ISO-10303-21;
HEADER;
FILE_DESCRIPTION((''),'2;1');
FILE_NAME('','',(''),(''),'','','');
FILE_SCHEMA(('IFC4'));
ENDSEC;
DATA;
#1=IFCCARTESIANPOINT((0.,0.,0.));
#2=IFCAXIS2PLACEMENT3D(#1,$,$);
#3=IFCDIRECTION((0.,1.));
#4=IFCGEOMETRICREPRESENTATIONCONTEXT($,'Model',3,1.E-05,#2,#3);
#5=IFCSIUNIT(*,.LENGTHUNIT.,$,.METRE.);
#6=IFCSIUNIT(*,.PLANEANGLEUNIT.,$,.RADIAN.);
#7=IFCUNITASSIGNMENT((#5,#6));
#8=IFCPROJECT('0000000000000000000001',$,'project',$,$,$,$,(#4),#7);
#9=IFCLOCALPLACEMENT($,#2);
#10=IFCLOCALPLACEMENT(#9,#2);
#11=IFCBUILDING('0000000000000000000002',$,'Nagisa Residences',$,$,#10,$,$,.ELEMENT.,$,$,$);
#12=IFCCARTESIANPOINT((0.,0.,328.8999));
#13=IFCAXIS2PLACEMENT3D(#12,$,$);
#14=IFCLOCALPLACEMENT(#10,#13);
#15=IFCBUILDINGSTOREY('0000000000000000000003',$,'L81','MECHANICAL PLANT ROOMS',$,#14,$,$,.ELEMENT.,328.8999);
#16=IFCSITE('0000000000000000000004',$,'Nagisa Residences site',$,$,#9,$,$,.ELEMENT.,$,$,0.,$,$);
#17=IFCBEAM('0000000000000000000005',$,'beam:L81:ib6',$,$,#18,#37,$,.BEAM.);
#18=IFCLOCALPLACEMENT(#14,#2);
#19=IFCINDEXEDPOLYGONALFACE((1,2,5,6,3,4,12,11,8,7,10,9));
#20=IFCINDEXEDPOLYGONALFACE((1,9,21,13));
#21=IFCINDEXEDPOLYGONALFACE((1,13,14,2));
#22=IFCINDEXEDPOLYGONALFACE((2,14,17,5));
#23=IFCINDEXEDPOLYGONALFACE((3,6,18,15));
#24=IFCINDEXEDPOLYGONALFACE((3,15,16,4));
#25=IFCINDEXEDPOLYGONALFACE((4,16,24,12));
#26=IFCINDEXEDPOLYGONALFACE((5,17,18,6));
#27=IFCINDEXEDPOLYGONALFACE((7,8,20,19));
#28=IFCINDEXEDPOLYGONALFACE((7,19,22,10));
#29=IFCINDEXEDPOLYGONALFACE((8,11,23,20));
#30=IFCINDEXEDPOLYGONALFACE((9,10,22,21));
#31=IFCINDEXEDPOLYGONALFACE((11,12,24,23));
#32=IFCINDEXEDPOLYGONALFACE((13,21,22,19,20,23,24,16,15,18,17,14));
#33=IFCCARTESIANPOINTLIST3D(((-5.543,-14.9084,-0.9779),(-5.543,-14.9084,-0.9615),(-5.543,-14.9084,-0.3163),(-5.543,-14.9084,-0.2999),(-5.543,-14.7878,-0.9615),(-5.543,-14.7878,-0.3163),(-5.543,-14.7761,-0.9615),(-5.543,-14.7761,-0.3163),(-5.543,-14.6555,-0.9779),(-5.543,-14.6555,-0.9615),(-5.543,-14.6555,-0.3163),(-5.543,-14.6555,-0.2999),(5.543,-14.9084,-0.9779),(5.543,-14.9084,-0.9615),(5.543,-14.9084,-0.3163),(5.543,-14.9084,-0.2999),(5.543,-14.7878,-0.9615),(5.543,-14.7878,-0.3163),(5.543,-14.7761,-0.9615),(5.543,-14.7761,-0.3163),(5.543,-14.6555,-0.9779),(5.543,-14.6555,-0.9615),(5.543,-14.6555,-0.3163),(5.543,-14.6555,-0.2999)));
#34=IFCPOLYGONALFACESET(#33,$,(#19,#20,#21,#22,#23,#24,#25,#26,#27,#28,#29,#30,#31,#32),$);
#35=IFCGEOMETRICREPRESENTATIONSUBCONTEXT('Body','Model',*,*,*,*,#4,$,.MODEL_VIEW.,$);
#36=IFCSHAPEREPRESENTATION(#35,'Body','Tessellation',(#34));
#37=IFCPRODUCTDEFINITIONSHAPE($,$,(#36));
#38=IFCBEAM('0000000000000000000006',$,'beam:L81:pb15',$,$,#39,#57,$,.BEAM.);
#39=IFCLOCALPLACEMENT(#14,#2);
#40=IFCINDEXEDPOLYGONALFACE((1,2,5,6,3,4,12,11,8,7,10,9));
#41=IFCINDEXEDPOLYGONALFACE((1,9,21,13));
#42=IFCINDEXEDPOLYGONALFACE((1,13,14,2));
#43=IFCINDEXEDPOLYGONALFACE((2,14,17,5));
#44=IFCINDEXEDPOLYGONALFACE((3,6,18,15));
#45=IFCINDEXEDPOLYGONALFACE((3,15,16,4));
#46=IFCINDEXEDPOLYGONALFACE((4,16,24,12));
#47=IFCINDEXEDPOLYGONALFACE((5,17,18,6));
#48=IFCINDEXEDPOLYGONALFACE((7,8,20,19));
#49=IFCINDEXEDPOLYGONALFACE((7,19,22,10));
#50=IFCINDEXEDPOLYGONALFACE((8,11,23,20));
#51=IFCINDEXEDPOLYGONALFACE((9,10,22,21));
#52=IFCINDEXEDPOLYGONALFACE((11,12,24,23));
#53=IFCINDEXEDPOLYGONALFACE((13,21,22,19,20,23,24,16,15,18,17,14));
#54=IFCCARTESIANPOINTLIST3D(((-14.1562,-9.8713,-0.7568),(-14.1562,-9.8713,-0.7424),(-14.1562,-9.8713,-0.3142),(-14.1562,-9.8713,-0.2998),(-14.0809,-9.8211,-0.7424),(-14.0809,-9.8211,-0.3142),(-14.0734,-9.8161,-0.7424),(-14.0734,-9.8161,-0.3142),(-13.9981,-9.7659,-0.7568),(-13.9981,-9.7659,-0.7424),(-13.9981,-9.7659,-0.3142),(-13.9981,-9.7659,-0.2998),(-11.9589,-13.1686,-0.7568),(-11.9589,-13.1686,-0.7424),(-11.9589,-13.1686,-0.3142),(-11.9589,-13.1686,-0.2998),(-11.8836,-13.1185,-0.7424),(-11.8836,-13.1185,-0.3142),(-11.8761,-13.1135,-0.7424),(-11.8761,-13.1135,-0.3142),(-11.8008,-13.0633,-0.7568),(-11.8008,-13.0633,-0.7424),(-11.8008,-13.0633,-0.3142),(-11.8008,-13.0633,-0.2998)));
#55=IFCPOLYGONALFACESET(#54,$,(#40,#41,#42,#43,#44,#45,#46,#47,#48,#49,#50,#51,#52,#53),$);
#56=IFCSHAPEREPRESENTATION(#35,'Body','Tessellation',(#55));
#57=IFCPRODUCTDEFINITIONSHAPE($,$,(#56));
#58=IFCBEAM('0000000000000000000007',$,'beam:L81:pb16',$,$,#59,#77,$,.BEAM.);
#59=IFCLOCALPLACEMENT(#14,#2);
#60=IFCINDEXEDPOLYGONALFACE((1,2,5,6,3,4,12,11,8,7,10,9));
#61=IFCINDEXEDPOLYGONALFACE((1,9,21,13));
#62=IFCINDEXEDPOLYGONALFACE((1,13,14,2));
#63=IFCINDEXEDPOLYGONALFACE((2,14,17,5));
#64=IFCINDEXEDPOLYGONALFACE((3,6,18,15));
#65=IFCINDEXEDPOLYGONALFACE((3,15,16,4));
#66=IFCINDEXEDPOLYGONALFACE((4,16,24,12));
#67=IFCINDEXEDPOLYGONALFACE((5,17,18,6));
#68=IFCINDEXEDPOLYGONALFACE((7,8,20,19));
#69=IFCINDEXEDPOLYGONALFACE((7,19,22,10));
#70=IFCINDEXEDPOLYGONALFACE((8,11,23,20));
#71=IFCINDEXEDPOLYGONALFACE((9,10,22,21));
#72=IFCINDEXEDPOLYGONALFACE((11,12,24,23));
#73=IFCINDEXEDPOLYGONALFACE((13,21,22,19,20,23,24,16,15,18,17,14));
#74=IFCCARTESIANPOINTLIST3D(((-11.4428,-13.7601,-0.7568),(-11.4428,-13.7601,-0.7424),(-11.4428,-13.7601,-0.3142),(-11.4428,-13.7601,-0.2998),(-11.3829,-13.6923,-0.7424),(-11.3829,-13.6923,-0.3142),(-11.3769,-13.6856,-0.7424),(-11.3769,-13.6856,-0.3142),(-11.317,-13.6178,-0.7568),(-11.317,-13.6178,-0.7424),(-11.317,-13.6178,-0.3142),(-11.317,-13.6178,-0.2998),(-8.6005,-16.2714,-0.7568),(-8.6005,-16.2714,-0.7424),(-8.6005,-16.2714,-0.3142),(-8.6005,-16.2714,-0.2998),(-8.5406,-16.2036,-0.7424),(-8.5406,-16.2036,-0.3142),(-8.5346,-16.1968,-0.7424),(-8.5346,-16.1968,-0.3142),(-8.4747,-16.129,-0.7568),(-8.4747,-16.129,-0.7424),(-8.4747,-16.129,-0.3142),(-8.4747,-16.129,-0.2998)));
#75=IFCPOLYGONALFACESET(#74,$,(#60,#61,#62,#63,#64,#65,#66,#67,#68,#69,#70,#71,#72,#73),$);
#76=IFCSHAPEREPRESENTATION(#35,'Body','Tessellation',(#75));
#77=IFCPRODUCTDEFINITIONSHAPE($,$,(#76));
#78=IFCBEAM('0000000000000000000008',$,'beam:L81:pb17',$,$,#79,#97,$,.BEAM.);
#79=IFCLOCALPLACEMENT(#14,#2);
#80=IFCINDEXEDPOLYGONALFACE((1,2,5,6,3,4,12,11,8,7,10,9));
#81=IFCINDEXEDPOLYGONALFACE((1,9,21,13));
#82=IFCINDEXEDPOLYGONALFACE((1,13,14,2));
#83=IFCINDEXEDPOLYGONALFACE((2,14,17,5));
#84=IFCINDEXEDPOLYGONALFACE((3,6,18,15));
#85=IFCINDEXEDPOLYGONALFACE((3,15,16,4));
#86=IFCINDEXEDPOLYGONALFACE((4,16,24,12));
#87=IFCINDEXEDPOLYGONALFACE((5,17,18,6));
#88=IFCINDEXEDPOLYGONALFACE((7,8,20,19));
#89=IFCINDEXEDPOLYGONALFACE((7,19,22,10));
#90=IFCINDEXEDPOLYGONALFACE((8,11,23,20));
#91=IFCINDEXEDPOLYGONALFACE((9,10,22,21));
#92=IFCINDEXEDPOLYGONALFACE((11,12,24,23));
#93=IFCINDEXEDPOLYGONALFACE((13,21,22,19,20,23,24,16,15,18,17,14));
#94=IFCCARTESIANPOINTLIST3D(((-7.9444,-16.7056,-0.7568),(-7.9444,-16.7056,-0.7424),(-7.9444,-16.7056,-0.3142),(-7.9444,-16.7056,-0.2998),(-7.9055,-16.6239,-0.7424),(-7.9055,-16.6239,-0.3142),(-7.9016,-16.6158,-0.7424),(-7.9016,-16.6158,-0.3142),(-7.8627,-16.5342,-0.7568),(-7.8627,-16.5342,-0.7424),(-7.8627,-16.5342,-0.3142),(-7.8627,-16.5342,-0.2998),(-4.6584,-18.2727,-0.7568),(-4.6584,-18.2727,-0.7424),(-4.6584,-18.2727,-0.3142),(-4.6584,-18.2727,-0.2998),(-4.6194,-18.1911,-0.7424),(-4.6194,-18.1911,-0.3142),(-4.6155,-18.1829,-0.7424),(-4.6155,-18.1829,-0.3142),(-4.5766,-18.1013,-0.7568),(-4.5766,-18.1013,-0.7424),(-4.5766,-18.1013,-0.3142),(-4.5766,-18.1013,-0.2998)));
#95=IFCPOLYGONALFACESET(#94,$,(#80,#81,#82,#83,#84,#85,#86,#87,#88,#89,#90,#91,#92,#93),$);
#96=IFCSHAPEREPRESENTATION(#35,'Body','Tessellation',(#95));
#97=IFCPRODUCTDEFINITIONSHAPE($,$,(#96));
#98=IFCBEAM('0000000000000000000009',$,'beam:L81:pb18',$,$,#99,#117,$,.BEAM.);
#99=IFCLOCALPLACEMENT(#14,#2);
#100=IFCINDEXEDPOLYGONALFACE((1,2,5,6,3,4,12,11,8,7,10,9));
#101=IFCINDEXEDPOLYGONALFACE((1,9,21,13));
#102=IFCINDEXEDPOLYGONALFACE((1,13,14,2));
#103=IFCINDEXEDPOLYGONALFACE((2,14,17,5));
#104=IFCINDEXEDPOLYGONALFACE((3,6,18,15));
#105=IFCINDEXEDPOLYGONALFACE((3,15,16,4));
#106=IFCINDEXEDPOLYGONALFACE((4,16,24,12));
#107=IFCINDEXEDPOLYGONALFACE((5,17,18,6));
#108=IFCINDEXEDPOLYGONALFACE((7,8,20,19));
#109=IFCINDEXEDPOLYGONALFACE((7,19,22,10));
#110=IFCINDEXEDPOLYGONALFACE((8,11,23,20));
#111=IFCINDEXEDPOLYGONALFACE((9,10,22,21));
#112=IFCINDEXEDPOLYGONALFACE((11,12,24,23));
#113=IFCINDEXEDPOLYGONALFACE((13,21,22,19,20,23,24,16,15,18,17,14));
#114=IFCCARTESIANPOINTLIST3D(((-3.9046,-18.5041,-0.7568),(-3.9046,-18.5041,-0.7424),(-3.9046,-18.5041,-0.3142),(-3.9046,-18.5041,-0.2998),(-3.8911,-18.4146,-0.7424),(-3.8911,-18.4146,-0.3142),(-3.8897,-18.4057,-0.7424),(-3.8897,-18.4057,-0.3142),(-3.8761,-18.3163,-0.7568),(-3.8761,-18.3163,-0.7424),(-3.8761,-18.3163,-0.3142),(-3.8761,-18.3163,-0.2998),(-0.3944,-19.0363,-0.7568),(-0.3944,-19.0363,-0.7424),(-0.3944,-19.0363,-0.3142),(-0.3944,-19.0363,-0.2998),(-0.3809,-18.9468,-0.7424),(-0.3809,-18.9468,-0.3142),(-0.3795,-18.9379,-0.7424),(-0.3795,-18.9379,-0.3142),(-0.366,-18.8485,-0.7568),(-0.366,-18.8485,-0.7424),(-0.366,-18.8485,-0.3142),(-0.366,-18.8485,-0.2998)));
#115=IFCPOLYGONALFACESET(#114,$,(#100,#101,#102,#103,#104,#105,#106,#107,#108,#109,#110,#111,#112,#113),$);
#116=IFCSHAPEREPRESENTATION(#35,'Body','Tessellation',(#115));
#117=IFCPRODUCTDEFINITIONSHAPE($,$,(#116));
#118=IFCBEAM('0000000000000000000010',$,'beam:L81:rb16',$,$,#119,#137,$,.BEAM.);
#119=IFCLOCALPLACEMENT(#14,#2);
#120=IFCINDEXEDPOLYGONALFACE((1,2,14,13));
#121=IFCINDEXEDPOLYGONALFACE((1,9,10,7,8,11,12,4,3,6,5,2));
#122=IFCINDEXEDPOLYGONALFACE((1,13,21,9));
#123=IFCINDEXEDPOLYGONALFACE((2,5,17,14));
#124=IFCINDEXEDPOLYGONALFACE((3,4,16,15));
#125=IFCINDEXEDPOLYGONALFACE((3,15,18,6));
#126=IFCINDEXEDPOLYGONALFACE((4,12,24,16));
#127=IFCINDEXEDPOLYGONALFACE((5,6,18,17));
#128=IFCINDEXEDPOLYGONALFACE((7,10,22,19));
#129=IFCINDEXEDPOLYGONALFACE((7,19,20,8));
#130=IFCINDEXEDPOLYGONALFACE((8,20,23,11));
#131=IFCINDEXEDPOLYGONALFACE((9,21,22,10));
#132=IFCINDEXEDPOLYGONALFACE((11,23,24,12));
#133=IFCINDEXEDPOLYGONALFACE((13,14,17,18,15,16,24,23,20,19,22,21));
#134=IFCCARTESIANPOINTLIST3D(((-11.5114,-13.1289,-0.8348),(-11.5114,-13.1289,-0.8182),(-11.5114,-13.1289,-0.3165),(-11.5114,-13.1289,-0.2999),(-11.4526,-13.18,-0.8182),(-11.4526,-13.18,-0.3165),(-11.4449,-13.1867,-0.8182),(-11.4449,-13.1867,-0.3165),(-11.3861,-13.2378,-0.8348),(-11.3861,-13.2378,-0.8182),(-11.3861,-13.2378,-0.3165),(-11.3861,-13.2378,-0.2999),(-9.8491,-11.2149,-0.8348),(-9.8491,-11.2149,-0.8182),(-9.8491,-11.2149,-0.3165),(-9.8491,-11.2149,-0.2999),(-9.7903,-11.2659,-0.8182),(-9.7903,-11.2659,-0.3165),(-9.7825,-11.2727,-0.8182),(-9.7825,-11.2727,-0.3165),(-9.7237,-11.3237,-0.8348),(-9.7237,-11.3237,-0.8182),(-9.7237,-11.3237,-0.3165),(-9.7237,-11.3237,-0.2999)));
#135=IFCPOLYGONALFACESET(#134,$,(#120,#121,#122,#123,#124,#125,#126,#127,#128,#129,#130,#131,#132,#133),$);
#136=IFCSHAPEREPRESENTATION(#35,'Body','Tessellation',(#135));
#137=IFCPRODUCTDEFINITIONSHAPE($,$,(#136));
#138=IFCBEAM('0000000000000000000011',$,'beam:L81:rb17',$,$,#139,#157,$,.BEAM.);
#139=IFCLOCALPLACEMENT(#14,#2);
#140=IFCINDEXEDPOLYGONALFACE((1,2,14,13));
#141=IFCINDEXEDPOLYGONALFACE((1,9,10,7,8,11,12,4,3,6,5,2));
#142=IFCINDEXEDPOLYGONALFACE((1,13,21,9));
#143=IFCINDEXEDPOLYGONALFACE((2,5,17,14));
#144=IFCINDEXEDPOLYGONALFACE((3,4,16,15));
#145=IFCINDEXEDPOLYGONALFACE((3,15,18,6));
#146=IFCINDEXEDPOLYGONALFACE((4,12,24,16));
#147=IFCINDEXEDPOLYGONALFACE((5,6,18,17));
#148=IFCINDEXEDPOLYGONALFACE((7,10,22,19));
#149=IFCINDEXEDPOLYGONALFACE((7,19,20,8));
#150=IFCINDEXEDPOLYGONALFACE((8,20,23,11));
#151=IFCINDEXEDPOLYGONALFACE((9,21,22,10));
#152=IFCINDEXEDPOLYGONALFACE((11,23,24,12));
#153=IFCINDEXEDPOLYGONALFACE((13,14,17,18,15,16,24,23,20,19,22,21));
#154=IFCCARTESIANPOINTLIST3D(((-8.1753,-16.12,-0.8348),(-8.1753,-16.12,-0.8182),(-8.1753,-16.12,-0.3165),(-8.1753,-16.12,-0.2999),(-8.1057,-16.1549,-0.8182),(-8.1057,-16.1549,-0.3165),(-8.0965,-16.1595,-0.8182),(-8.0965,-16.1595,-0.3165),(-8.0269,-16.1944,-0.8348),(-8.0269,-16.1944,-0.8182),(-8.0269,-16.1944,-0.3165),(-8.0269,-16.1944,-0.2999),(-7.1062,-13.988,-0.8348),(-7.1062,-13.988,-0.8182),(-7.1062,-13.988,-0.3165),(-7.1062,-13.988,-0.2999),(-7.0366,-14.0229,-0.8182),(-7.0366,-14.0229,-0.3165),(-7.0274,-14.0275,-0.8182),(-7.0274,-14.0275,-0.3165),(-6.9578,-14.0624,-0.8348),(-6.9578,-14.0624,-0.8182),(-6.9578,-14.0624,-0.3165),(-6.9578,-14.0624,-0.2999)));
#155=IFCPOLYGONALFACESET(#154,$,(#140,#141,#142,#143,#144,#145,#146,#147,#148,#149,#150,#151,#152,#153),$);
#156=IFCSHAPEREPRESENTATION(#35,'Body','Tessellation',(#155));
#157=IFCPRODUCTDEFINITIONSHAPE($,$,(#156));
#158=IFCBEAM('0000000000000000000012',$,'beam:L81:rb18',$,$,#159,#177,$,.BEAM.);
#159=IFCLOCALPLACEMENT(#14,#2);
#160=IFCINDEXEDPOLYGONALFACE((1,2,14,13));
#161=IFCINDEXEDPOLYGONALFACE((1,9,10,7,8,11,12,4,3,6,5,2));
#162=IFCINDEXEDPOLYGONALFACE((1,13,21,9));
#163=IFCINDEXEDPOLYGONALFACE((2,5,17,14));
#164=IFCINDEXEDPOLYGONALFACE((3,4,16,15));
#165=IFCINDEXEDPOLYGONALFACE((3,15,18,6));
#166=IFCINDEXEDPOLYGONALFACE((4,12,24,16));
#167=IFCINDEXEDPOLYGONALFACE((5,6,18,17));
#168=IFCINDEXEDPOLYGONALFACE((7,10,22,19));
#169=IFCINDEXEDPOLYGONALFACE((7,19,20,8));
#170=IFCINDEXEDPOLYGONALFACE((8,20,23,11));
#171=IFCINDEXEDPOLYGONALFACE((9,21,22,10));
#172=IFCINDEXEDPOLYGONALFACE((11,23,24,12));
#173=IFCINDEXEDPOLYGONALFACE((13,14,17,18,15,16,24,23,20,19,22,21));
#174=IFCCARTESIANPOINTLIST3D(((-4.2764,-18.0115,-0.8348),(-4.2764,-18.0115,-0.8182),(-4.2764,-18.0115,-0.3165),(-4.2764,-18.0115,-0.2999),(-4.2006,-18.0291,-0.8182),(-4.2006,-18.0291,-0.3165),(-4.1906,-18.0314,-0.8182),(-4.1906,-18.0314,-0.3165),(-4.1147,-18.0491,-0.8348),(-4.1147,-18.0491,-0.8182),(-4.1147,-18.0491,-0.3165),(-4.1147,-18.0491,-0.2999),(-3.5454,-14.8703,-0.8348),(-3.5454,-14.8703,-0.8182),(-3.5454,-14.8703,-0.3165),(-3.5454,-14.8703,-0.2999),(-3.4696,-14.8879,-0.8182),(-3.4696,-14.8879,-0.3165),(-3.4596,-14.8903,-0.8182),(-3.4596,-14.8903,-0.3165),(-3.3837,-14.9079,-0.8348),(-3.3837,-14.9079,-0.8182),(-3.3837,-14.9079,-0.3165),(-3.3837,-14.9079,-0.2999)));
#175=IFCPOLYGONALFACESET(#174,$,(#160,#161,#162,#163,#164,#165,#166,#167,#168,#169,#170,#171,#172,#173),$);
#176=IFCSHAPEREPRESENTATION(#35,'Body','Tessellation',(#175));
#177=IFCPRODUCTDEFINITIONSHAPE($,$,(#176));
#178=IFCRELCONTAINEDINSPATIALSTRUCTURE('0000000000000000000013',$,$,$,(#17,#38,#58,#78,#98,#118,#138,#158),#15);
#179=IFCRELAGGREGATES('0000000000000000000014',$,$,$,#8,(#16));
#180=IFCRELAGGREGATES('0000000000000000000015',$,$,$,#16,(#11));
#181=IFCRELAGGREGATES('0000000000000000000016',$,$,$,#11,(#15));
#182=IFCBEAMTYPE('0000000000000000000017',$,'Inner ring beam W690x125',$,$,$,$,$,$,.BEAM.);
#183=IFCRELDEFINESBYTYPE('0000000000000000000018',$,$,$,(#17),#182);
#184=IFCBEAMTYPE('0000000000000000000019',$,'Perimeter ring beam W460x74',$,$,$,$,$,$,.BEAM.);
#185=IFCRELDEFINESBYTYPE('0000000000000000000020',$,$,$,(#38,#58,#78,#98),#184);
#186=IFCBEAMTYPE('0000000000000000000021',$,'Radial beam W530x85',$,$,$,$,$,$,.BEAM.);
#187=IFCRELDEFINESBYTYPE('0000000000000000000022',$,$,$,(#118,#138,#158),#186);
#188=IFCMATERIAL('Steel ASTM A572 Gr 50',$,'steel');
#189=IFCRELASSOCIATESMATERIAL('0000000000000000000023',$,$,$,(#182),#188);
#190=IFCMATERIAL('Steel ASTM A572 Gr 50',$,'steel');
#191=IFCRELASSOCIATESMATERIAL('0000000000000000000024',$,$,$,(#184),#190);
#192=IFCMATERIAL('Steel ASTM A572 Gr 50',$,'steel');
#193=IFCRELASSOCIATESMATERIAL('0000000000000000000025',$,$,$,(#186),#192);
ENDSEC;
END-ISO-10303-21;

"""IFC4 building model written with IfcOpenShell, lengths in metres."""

from ifc_helpers import new_model, si_unit, direction, frame, origin, origin_2d, place, context, subcontext, project, spatial, i_section, extrude, material, material_profile, profile_set, type_object, element, save


model = new_model("IFC4")

# Units and contexts
model_context = context("Model", 3, precision=1e-05, world=origin(), true_north=direction((0.0, 1.0)))
body_context = subcontext(model_context, "Body", "Model", "MODEL_VIEW")
ifc_project = project(units=[si_unit("LENGTHUNIT", "METRE"), si_unit("PLANEANGLEUNIT", "RADIAN")], contexts=[model_context])

# Site, building, storey
site_placement = place(None, origin())
site = spatial("IfcSite", under=ifc_project, at=site_placement, Name="Nagisa Residences site", CompositionType="ELEMENT", RefElevation=0.0)
building_placement = place(site_placement, origin())
building = spatial("IfcBuilding", under=site, at=building_placement, Name="Nagisa Residences", CompositionType="ELEMENT")
storey_placement = place(building_placement, frame((0.0, 0.0, 328.8999)))
storey = spatial("IfcBuildingStorey", under=building, at=storey_placement, Name="L81", Description="MECHANICAL PLANT ROOMS", CompositionType="ELEMENT", Elevation=328.8999)

# Beams
ifc_material_1 = material(Name="Steel ASTM A572 Gr 50", Category="steel")
ifc_material_profile_1 = material_profile(ifc_material_1, i_section(OverallWidth=0.2529, OverallDepth=0.678, WebThickness=0.0117, FlangeThickness=0.0164, at=origin_2d()), Name="W690x125")
ifc_profile_set_1 = profile_set([ifc_material_profile_1], Name="Steel ASTM A572 Gr 50")
beam_type_1 = type_object("IfcBeamType", Name="Inner ring beam W690x125", PredefinedType="BEAM", material=ifc_profile_set_1)
beam_1_placement = place(storey_placement, frame((-5.543, -14.782, -0.6389), z_axis=(1.0, 0.0, 0.0), x_axis=(0.0, 1.0, 0.0)))
element("IfcBeam", 1, at=beam_1_placement, inside=storey, type_object=beam_type_1, Name="beam:L81:ib6", PredefinedType="BEAM", context=body_context, shape_type="SweptSolid", body=[
    extrude(i_section(OverallWidth=0.2529, OverallDepth=0.678, WebThickness=0.0117, FlangeThickness=0.0164, at=origin_2d()), origin(), (0.0, 0.0, 1.0), 11.0859),
])
ifc_material_2 = material(Name="Steel ASTM A572 Gr 50", Category="steel")
ifc_material_profile_2 = material_profile(ifc_material_2, i_section(OverallWidth=0.1899, OverallDepth=0.457, WebThickness=0.009, FlangeThickness=0.0144, at=origin_2d()), Name="W460x74")
ifc_profile_set_2 = profile_set([ifc_material_profile_2], Name="Steel ASTM A572 Gr 50")
beam_type_2 = type_object("IfcBeamType", Name="Perimeter ring beam W460x74", PredefinedType="BEAM", material=ifc_profile_set_2)
beam_2_placement = place(storey_placement, frame((-14.0771, -9.8186, -0.5283), z_axis=(0.55453, -0.832164, 0.0), x_axis=(0.832164, 0.55453, 0.0)))
element("IfcBeam", 2, at=beam_2_placement, inside=storey, type_object=beam_type_2, Name="beam:L81:pb15", PredefinedType="BEAM", context=body_context, shape_type="SweptSolid", body=[
    extrude(i_section(OverallWidth=0.1899, OverallDepth=0.457, WebThickness=0.009, FlangeThickness=0.0144, at=origin_2d()), origin(), (0.0, 0.0, 1.0), 3.9624),
])
beam_3_placement = place(storey_placement, frame((-11.3799, -13.689, -0.5283), z_axis=(0.749402, -0.662115, 0.0), x_axis=(0.662115, 0.749402, 0.0)))
element("IfcBeam", 3, at=beam_3_placement, inside=storey, type_object=beam_type_2, Name="beam:L81:pb16", PredefinedType="BEAM", context=body_context, shape_type="SweptSolid", body=[
    extrude(i_section(OverallWidth=0.1899, OverallDepth=0.457, WebThickness=0.009, FlangeThickness=0.0144, at=origin_2d()), origin(), (0.0, 0.0, 1.0), 3.7927),
])
beam_4_placement = place(storey_placement, frame((-7.9036, -16.6199, -0.5283), z_axis=(0.902614, -0.430452, 0.0), x_axis=(0.430452, 0.902614, 0.0)))
element("IfcBeam", 4, at=beam_4_placement, inside=storey, type_object=beam_type_2, Name="beam:L81:pb17", PredefinedType="BEAM", context=body_context, shape_type="SweptSolid", body=[
    extrude(i_section(OverallWidth=0.1899, OverallDepth=0.457, WebThickness=0.009, FlangeThickness=0.0144, at=origin_2d()), origin(), (0.0, 0.0, 1.0), 3.6406),
])
beam_5_placement = place(storey_placement, frame((-3.8904, -18.4102, -0.5283), z_axis=(0.9887, -0.149907, 0.0), x_axis=(0.149907, 0.9887, 0.0)))
element("IfcBeam", 5, at=beam_5_placement, inside=storey, type_object=beam_type_2, Name="beam:L81:pb18", PredefinedType="BEAM", context=body_context, shape_type="SweptSolid", body=[
    extrude(i_section(OverallWidth=0.1899, OverallDepth=0.457, WebThickness=0.009, FlangeThickness=0.0144, at=origin_2d()), origin(), (0.0, 0.0, 1.0), 3.5503),
])
ifc_material_3 = material(Name="Steel ASTM A572 Gr 50", Category="steel")
ifc_material_profile_3 = material_profile(ifc_material_3, i_section(OverallWidth=0.166, OverallDepth=0.5349, WebThickness=0.0103, FlangeThickness=0.0166, at=origin_2d()), Name="W530x85")
ifc_profile_set_3 = profile_set([ifc_material_profile_3], Name="Steel ASTM A572 Gr 50")
beam_type_3 = type_object("IfcBeamType", Name="Radial beam W530x85", PredefinedType="BEAM", material=ifc_profile_set_3)
beam_6_placement = place(storey_placement, frame((-11.4487, -13.1833, -0.5674), z_axis=(0.655718, 0.755006, 0.0), x_axis=(-0.755006, 0.655718, 0.0)))
element("IfcBeam", 6, at=beam_6_placement, inside=storey, type_object=beam_type_3, Name="beam:L81:rb16", PredefinedType="BEAM", context=body_context, shape_type="SweptSolid", body=[
    extrude(i_section(OverallWidth=0.166, OverallDepth=0.5349, WebThickness=0.0103, FlangeThickness=0.0166, at=origin_2d()), origin(), (0.0, 0.0, 1.0), 2.5352),
])
beam_7_placement = place(storey_placement, frame((-8.1011, -16.1572, -0.5674), z_axis=(0.448237, 0.893915, 0.0), x_axis=(-0.893915, 0.448237, 0.0)))
element("IfcBeam", 7, at=beam_7_placement, inside=storey, type_object=beam_type_3, Name="beam:L81:rb17", PredefinedType="BEAM", context=body_context, shape_type="SweptSolid", body=[
    extrude(i_section(OverallWidth=0.166, OverallDepth=0.5349, WebThickness=0.0103, FlangeThickness=0.0166, at=origin_2d()), origin(), (0.0, 0.0, 1.0), 2.385),
])
beam_8_placement = place(storey_placement, frame((-4.1956, -18.0303, -0.5674), z_axis=(0.22665, 0.973976, 0.0), x_axis=(-0.973976, 0.22665, 0.0)))
element("IfcBeam", 8, at=beam_8_placement, inside=storey, type_object=beam_type_3, Name="beam:L81:rb18", PredefinedType="BEAM", context=body_context, shape_type="SweptSolid", body=[
    extrude(i_section(OverallWidth=0.166, OverallDepth=0.5349, WebThickness=0.0103, FlangeThickness=0.0166, at=origin_2d()), origin(), (0.0, 0.0, 1.0), 3.2251),
])

save(model, "model.ifc")
